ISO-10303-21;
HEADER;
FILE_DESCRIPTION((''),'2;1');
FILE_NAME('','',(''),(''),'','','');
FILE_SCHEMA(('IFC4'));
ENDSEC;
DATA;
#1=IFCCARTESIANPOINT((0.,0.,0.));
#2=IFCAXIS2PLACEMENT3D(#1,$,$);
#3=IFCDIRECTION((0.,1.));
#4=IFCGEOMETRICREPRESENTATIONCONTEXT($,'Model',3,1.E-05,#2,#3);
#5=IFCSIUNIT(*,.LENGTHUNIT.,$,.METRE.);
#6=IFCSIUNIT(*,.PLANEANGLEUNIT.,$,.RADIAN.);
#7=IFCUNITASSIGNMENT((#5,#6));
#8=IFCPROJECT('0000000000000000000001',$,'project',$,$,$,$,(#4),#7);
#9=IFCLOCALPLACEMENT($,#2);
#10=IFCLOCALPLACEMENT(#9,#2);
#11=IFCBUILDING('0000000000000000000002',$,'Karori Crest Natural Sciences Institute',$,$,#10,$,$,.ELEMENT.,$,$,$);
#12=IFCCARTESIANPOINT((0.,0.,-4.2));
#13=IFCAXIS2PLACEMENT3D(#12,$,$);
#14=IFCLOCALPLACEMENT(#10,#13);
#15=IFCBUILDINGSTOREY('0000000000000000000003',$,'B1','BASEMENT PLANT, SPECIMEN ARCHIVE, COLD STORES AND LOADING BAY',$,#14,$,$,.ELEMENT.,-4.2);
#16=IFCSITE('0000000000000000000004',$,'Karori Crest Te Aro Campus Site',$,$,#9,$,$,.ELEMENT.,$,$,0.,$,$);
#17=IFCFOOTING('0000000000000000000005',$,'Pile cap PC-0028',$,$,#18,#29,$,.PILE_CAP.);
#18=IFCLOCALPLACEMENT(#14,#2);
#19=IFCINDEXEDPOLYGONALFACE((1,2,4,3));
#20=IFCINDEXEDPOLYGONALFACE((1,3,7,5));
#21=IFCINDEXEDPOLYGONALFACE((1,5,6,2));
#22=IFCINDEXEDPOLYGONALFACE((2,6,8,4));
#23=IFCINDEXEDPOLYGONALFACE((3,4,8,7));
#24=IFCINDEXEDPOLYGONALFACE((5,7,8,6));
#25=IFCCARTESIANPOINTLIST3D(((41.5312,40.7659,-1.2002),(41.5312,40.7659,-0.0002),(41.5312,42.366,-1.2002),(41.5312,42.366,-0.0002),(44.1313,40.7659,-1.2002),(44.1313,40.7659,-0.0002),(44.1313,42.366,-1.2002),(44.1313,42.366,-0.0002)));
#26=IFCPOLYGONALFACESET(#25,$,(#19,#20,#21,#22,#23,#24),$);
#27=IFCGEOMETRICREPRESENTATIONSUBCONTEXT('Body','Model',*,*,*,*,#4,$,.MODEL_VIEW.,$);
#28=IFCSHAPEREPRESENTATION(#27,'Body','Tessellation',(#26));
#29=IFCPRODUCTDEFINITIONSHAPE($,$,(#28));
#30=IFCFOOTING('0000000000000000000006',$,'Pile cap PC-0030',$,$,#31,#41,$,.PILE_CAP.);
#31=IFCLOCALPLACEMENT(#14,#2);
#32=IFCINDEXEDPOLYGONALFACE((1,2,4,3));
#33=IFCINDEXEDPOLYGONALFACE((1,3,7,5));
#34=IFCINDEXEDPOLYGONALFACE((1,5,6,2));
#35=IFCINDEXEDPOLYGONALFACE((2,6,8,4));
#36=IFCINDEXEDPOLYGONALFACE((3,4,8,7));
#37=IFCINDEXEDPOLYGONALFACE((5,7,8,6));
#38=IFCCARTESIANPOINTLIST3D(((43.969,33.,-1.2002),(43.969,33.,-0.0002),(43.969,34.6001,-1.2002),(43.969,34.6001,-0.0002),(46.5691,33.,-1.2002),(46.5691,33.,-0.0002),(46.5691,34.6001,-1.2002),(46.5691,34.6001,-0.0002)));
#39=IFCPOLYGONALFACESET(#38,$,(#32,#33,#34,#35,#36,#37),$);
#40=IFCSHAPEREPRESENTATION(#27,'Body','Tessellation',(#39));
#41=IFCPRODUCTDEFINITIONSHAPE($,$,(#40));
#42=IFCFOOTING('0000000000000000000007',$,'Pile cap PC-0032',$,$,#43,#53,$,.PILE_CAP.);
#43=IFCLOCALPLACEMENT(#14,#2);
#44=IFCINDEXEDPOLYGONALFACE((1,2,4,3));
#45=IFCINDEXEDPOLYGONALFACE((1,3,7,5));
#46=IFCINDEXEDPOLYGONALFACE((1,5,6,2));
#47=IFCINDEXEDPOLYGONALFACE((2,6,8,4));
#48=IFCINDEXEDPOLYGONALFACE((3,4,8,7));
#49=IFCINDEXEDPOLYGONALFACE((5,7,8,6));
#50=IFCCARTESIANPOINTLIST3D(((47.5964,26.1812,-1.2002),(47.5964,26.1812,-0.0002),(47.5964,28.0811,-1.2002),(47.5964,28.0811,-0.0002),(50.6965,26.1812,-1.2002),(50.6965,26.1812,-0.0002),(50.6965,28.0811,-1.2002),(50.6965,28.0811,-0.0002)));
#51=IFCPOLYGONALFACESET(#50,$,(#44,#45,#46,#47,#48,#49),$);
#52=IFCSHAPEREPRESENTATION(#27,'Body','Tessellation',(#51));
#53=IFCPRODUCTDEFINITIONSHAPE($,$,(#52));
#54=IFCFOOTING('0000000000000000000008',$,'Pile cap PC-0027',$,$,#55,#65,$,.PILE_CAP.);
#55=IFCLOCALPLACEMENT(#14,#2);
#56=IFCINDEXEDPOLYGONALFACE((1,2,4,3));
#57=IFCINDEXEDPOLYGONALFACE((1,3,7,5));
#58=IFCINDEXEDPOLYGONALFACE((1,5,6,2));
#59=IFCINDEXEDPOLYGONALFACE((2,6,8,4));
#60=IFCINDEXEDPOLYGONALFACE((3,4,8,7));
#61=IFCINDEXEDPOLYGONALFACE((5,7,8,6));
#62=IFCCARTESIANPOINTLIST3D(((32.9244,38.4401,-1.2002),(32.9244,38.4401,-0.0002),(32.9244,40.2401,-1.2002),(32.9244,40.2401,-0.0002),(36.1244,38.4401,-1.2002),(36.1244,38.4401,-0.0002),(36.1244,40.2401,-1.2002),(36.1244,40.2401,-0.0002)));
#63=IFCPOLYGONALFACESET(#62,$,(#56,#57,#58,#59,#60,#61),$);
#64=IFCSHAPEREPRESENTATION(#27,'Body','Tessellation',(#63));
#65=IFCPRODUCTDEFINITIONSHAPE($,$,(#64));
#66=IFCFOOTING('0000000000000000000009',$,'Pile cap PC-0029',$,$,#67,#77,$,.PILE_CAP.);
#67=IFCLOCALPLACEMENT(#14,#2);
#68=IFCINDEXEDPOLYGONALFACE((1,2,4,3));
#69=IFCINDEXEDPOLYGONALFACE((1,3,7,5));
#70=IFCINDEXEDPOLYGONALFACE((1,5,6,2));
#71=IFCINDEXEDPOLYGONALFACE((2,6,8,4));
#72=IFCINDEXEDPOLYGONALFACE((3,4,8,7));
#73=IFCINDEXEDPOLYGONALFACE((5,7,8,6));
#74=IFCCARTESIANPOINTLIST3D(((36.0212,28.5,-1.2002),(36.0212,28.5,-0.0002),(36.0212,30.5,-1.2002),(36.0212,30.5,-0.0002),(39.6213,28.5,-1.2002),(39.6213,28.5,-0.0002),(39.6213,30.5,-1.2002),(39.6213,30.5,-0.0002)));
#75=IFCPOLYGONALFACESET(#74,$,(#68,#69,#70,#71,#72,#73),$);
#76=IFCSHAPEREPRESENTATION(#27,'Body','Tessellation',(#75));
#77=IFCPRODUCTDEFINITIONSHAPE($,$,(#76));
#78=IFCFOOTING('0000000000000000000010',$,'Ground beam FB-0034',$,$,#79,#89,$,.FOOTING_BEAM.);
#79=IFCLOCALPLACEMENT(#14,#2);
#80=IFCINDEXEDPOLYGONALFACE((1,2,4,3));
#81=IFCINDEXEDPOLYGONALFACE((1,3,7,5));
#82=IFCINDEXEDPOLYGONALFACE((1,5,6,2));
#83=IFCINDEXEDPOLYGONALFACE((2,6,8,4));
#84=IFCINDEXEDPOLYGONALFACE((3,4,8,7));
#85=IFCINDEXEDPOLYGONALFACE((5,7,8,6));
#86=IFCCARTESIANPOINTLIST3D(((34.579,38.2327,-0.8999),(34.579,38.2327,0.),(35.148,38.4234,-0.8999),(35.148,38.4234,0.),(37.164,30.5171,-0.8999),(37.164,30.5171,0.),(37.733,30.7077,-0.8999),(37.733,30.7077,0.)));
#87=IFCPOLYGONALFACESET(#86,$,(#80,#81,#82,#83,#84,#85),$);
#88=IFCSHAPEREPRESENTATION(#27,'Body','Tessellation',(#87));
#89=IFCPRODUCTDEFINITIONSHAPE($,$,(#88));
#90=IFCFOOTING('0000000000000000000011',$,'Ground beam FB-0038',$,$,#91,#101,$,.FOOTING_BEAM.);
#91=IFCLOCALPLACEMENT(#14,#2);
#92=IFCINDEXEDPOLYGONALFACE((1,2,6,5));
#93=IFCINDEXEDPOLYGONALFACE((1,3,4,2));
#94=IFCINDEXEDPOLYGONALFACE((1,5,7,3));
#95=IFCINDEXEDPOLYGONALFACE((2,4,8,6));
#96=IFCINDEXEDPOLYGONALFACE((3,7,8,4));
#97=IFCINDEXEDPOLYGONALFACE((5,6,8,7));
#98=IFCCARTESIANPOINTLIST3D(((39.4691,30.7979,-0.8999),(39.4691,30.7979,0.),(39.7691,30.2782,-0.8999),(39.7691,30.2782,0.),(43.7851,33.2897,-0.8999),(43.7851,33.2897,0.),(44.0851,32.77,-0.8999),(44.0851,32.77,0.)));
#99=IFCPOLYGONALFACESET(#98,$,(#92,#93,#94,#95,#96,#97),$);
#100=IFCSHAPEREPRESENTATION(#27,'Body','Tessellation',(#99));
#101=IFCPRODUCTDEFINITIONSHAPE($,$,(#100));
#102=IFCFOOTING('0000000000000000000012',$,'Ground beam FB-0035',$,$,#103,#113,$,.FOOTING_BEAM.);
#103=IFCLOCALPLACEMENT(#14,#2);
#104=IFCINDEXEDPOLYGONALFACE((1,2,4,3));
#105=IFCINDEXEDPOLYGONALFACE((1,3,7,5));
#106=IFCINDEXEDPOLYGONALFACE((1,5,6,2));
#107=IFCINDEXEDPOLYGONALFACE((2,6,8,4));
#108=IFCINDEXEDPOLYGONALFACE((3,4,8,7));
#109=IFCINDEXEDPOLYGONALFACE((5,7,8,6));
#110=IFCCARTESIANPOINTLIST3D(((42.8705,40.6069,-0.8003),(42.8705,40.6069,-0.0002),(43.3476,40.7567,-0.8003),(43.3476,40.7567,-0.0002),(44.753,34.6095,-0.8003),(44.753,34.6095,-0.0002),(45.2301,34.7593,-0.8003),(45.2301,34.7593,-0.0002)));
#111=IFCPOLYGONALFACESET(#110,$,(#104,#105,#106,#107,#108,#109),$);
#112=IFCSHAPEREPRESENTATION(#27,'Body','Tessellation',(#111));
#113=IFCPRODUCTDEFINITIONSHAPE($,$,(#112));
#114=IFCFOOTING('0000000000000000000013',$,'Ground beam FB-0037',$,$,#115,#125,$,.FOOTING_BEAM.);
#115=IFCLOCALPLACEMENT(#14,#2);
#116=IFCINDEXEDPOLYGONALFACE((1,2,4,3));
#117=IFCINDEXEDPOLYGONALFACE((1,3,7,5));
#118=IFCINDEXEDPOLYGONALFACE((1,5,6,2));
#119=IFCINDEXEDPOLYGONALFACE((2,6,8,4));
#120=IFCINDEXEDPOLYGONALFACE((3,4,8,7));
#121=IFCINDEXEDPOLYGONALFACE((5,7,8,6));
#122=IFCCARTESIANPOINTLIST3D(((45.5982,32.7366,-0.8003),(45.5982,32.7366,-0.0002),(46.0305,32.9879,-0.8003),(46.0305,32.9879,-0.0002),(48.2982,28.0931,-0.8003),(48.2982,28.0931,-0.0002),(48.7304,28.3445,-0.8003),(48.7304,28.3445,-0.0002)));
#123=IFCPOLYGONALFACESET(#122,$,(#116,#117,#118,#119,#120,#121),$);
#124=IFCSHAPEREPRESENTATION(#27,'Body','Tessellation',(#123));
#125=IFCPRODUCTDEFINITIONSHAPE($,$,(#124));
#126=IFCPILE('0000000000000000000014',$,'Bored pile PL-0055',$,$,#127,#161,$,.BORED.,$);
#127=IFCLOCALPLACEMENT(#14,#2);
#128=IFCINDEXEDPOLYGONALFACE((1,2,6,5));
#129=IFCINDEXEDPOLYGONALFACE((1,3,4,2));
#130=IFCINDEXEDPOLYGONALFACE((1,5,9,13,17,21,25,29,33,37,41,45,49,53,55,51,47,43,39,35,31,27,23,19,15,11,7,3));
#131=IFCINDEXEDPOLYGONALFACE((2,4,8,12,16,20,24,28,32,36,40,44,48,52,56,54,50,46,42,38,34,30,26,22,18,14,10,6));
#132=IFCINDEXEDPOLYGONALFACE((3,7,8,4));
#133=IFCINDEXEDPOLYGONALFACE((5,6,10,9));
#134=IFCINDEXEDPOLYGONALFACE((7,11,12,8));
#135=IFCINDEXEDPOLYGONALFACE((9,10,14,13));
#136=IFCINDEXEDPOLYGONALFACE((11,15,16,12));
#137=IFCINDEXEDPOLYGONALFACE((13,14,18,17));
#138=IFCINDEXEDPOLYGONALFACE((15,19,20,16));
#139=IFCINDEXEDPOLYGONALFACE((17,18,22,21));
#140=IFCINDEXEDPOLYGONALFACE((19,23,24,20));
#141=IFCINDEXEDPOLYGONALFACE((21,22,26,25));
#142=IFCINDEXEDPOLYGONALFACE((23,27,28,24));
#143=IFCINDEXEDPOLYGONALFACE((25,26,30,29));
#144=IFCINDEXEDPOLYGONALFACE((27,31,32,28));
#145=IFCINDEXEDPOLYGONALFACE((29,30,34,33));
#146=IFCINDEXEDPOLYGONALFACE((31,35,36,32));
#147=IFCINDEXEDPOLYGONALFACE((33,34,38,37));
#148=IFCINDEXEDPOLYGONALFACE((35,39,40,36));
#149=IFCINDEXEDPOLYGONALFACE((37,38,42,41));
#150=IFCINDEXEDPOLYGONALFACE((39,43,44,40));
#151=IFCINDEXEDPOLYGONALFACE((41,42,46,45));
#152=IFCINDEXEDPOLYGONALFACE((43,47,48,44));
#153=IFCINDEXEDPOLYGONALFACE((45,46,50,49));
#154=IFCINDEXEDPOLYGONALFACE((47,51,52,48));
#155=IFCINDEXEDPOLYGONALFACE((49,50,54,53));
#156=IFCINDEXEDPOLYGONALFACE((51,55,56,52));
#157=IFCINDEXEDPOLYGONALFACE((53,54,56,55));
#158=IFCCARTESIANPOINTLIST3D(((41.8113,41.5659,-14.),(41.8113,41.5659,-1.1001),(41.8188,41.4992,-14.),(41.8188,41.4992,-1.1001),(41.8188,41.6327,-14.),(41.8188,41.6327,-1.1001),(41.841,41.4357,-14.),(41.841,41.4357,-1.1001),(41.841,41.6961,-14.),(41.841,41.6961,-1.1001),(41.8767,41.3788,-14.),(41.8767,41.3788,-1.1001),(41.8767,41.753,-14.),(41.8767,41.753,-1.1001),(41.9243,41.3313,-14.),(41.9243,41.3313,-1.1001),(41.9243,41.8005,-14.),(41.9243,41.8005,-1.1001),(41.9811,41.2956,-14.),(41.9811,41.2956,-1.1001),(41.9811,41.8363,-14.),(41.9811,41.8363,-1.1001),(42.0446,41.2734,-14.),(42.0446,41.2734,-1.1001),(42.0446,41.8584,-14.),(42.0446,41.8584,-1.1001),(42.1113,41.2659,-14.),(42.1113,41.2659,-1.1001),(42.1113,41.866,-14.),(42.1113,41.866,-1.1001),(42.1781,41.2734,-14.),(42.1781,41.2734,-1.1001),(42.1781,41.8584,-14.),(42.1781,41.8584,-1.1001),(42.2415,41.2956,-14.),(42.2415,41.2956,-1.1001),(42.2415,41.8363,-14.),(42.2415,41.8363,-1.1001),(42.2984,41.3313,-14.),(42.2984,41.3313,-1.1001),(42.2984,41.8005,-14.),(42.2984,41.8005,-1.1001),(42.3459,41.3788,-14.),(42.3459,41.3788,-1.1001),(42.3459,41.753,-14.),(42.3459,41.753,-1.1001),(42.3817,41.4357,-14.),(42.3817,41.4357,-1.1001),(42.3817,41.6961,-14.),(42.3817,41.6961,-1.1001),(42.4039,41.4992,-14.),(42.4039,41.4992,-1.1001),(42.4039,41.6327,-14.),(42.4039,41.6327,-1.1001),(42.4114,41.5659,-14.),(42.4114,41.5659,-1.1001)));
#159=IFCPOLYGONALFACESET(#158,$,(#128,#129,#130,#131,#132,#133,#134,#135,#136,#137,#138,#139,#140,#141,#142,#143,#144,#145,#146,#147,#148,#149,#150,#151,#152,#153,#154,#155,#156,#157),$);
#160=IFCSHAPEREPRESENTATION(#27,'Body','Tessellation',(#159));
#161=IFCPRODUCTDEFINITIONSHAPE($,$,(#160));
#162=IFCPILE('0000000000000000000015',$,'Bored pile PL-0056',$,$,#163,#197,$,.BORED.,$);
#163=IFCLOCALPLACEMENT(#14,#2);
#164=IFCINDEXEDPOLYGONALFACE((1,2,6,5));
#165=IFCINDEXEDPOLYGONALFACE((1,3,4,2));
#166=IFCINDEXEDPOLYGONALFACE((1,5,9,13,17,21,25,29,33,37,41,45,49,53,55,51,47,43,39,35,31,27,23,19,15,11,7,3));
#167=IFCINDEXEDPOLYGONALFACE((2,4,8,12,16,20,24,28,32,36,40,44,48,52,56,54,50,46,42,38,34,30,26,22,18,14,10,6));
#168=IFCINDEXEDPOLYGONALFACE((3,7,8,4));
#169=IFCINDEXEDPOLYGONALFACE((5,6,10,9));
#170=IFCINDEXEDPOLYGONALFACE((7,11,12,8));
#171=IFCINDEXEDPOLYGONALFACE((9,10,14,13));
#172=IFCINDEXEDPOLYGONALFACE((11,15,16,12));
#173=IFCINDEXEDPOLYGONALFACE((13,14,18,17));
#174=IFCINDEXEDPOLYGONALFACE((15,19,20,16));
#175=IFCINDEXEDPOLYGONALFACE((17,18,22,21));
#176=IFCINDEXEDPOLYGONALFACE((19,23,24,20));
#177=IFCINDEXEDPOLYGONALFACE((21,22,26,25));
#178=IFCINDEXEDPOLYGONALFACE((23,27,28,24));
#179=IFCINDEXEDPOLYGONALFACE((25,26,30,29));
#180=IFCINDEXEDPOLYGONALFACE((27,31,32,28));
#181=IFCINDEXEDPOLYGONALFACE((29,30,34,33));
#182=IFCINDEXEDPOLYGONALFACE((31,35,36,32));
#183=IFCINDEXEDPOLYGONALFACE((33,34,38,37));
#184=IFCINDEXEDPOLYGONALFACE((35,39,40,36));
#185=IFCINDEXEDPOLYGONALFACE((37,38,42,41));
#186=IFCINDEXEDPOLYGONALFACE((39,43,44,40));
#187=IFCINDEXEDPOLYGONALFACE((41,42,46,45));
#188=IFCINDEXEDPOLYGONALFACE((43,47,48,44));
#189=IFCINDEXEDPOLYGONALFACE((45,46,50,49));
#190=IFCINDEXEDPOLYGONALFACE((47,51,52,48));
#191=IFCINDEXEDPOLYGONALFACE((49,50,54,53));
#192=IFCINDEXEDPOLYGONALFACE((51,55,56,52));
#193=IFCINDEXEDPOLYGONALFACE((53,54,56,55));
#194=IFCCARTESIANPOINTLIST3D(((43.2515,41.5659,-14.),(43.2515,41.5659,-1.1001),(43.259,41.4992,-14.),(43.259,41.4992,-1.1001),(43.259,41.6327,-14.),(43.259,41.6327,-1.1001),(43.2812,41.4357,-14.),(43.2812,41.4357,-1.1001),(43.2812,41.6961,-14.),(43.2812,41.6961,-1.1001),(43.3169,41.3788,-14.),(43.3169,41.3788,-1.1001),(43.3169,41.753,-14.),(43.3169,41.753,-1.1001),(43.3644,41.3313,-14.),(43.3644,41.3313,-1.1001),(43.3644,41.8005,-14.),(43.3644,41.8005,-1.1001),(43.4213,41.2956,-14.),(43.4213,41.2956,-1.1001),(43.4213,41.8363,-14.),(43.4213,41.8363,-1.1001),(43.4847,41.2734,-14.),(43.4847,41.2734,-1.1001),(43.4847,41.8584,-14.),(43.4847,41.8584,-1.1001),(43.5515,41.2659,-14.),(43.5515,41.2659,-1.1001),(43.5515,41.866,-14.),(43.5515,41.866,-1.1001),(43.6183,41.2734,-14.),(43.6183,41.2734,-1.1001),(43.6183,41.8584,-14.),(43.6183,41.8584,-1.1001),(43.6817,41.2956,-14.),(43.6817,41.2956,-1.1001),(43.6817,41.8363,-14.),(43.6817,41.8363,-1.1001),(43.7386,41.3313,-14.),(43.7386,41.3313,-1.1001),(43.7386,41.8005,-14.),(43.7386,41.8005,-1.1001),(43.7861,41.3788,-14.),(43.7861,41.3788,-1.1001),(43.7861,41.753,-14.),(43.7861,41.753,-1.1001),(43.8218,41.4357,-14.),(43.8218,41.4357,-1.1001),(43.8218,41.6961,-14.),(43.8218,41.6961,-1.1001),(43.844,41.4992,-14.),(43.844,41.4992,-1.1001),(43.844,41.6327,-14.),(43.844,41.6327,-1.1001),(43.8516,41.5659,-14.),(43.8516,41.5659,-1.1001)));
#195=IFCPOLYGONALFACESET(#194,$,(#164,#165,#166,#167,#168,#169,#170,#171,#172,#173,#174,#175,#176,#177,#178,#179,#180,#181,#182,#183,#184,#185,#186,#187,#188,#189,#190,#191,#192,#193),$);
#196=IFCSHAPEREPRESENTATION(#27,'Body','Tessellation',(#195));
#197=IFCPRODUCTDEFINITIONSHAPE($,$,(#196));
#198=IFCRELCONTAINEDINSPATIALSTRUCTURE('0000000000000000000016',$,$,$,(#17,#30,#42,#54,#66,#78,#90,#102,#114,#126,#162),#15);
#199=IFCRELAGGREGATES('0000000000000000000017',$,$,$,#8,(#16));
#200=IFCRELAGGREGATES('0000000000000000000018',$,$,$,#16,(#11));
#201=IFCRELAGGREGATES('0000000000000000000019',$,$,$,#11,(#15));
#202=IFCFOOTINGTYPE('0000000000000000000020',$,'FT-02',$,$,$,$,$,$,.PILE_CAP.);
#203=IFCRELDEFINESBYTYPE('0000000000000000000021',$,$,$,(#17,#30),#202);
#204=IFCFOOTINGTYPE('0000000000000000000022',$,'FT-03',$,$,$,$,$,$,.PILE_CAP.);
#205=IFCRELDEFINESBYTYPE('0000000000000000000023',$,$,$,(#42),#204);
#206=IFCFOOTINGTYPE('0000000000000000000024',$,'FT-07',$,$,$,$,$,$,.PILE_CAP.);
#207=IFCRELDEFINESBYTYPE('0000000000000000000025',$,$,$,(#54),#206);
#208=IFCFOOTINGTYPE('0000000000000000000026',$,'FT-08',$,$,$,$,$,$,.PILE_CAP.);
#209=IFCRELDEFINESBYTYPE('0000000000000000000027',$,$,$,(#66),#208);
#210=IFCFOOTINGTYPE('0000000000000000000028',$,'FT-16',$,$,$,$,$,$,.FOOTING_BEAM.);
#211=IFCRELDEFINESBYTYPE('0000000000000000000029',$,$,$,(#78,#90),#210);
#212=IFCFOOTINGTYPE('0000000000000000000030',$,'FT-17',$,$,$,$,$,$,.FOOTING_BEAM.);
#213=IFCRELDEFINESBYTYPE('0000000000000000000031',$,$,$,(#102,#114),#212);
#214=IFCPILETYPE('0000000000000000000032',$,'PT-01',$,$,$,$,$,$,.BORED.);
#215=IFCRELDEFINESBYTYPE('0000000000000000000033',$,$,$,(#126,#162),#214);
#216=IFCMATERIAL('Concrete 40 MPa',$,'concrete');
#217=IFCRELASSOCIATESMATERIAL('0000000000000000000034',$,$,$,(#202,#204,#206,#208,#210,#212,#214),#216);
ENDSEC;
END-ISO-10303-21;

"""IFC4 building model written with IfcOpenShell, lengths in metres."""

from ifc_helpers import new_model, si_unit, direction, frame, origin, origin_2d, place, context, subcontext, project, spatial, rectangle, circle, extrude, material, material_profile, profile_set, type_object, element, save


model = new_model("IFC4")

# Units and contexts
model_context = context("Model", 3, precision=1e-05, world=origin(), true_north=direction((0.0, 1.0)))
body_context = subcontext(model_context, "Body", "Model", "MODEL_VIEW")
ifc_project = project(units=[si_unit("LENGTHUNIT", "METRE"), si_unit("PLANEANGLEUNIT", "RADIAN")], contexts=[model_context])

# Site, building, storey
site_placement = place(None, origin())
site = spatial("IfcSite", under=ifc_project, at=site_placement, Name="Karori Crest Te Aro Campus Site", CompositionType="ELEMENT", RefElevation=0.0)
building_placement = place(site_placement, origin())
building = spatial("IfcBuilding", under=site, at=building_placement, Name="Karori Crest Natural Sciences Institute", CompositionType="ELEMENT")
storey_placement = place(building_placement, frame((0.0, 0.0, -4.2)))
storey = spatial("IfcBuildingStorey", under=building, at=storey_placement, Name="B1", Description="BASEMENT PLANT, SPECIMEN ARCHIVE, COLD STORES AND LOADING BAY", CompositionType="ELEMENT", Elevation=-4.2)

# Footings
ifc_material_1 = material(Name="Concrete 40 MPa", Category="concrete")
footing_type_1 = type_object("IfcFootingType", Name="FT-02", PredefinedType="PILE_CAP", material=ifc_material_1)
for number, where, z_axis, x_axis, name in (
    (1, (42.8313, 41.5659, -1.2002), (0.0, 0.0, 1.0), (1.0, 0.0, 0.0), "Pile cap PC-0028"),
    (2, (45.269, 33.8, -1.2002), (0.0, 0.0, 1.0), (1.0, 0.0, 0.0), "Pile cap PC-0030"),
):
    element("IfcFooting", number, at=place(storey_placement, frame(where, z_axis=z_axis, x_axis=x_axis)), inside=storey, type_object=footing_type_1, Name=name, PredefinedType="PILE_CAP", context=body_context, shape_type="SweptSolid", body=[
        extrude(rectangle(XDim=2.6001, YDim=1.6001, at=origin_2d()), origin(), (0.0, 0.0, 1.0), 1.2),
    ])
footing_type_2 = type_object("IfcFootingType", Name="FT-03", PredefinedType="PILE_CAP", material=ifc_material_1)
footing_1_placement = place(storey_placement, frame((49.1465, 27.1311, -1.2002), z_axis=(0.0, 0.0, 1.0), x_axis=(1.0, 0.0, 0.0)))
element("IfcFooting", 3, at=footing_1_placement, inside=storey, type_object=footing_type_2, Name="Pile cap PC-0032", PredefinedType="PILE_CAP", context=body_context, shape_type="SweptSolid", body=[
    extrude(rectangle(XDim=3.1001, YDim=1.8999, at=origin_2d()), origin(), (0.0, 0.0, 1.0), 1.2),
])
footing_type_3 = type_object("IfcFootingType", Name="FT-07", PredefinedType="PILE_CAP", material=ifc_material_1)
footing_2_placement = place(storey_placement, frame((34.5244, 39.3401, -1.2002), z_axis=(0.0, 0.0, 1.0), x_axis=(1.0, 0.0, 0.0)))
element("IfcFooting", 4, at=footing_2_placement, inside=storey, type_object=footing_type_3, Name="Pile cap PC-0027", PredefinedType="PILE_CAP", context=body_context, shape_type="SweptSolid", body=[
    extrude(rectangle(XDim=3.2, YDim=1.8, at=origin_2d()), origin(), (0.0, 0.0, 1.0), 1.2),
])
footing_type_4 = type_object("IfcFootingType", Name="FT-08", PredefinedType="PILE_CAP", material=ifc_material_1)
footing_3_placement = place(storey_placement, frame((37.8213, 29.5, -1.2002), z_axis=(0.0, 0.0, 1.0), x_axis=(1.0, 0.0, 0.0)))
element("IfcFooting", 5, at=footing_3_placement, inside=storey, type_object=footing_type_4, Name="Pile cap PC-0029", PredefinedType="PILE_CAP", context=body_context, shape_type="SweptSolid", body=[
    extrude(rectangle(XDim=3.6001, YDim=2.0, at=origin_2d()), origin(), (0.0, 0.0, 1.0), 1.2),
])
footing_type_5 = type_object("IfcFootingType", Name="FT-16", PredefinedType="FOOTING_BEAM", material=ifc_material_1)
footing_4_placement = place(storey_placement, frame((36.156, 34.4702, -0.8999), z_axis=(0.0, 0.0, 1.0), x_axis=(-0.317679, 0.948198, 0.0)))
element("IfcFooting", 6, at=footing_4_placement, inside=storey, type_object=footing_type_5, Name="Ground beam FB-0034", PredefinedType="FOOTING_BEAM", context=body_context, shape_type="SweptSolid", body=[
    extrude(rectangle(XDim=8.1372, YDim=0.6001, at=origin_2d()), origin(), (0.0, 0.0, 1.0), 0.8999),
])
footing_5_placement = place(storey_placement, frame((41.7771, 31.7839, -0.8999), z_axis=(0.0, 0.0, 1.0), x_axis=(0.866025, 0.500002, 0.0)))
element("IfcFooting", 7, at=footing_5_placement, inside=storey, type_object=footing_type_5, Name="Ground beam FB-0038", PredefinedType="FOOTING_BEAM", context=body_context, shape_type="SweptSolid", body=[
    extrude(rectangle(XDim=4.9836, YDim=0.6001, at=origin_2d()), origin(), (0.0, 0.0, 1.0), 0.8999),
])
footing_type_6 = type_object("IfcFootingType", Name="FT-17", PredefinedType="FOOTING_BEAM", material=ifc_material_1)
footing_6_placement = place(storey_placement, frame((44.0503, 37.6831, -0.8003), z_axis=(0.0, 0.0, 1.0), x_axis=(-0.299475, 0.954104, 0.0)))
element("IfcFooting", 8, at=footing_6_placement, inside=storey, type_object=footing_type_6, Name="Ground beam FB-0035", PredefinedType="FOOTING_BEAM", context=body_context, shape_type="SweptSolid", body=[
    extrude(rectangle(XDim=6.2859, YDim=0.5, at=origin_2d()), origin(), (0.0, 0.0, 1.0), 0.8),
])
footing_7_placement = place(storey_placement, frame((47.1643, 30.5405, -0.8003), z_axis=(0.0, 0.0, 1.0), x_axis=(-0.502658, 0.864485, 0.0)))
element("IfcFooting", 9, at=footing_7_placement, inside=storey, type_object=footing_type_6, Name="Ground beam FB-0037", PredefinedType="FOOTING_BEAM", context=body_context, shape_type="SweptSolid", body=[
    extrude(rectangle(XDim=5.3713, YDim=0.5, at=origin_2d()), origin(), (0.0, 0.0, 1.0), 0.8),
])

# Piles
ifc_material_profile_1 = material_profile(ifc_material_1, circle(Radius=0.3, at=origin_2d()), Name="PILE600")
ifc_profile_set_1 = profile_set([ifc_material_profile_1], Name="Concrete 40 MPa")
pile_type_1 = type_object("IfcPileType", Name="PT-01", PredefinedType="BORED", material=ifc_profile_set_1)
for number, where, z_axis, x_axis, name in (
    (10, (42.1113, 41.5659, -1.1001), (0.0, 0.0, -1.0), (1.0, 0.0, 0.0), "Bored pile PL-0055"),
    (11, (43.5515, 41.5659, -1.1001), (0.0, 0.0, -1.0), (1.0, 0.0, 0.0), "Bored pile PL-0056"),
):
    element("IfcPile", number, at=place(storey_placement, frame(where, z_axis=z_axis, x_axis=x_axis)), inside=storey, type_object=pile_type_1, Name=name, PredefinedType="BORED", context=body_context, shape_type="SweptSolid", body=[
        extrude(circle(Radius=0.3, at=origin_2d()), origin(), (0.0, 0.0, 1.0), 12.8999),
    ])

save(model, "model.ifc")
